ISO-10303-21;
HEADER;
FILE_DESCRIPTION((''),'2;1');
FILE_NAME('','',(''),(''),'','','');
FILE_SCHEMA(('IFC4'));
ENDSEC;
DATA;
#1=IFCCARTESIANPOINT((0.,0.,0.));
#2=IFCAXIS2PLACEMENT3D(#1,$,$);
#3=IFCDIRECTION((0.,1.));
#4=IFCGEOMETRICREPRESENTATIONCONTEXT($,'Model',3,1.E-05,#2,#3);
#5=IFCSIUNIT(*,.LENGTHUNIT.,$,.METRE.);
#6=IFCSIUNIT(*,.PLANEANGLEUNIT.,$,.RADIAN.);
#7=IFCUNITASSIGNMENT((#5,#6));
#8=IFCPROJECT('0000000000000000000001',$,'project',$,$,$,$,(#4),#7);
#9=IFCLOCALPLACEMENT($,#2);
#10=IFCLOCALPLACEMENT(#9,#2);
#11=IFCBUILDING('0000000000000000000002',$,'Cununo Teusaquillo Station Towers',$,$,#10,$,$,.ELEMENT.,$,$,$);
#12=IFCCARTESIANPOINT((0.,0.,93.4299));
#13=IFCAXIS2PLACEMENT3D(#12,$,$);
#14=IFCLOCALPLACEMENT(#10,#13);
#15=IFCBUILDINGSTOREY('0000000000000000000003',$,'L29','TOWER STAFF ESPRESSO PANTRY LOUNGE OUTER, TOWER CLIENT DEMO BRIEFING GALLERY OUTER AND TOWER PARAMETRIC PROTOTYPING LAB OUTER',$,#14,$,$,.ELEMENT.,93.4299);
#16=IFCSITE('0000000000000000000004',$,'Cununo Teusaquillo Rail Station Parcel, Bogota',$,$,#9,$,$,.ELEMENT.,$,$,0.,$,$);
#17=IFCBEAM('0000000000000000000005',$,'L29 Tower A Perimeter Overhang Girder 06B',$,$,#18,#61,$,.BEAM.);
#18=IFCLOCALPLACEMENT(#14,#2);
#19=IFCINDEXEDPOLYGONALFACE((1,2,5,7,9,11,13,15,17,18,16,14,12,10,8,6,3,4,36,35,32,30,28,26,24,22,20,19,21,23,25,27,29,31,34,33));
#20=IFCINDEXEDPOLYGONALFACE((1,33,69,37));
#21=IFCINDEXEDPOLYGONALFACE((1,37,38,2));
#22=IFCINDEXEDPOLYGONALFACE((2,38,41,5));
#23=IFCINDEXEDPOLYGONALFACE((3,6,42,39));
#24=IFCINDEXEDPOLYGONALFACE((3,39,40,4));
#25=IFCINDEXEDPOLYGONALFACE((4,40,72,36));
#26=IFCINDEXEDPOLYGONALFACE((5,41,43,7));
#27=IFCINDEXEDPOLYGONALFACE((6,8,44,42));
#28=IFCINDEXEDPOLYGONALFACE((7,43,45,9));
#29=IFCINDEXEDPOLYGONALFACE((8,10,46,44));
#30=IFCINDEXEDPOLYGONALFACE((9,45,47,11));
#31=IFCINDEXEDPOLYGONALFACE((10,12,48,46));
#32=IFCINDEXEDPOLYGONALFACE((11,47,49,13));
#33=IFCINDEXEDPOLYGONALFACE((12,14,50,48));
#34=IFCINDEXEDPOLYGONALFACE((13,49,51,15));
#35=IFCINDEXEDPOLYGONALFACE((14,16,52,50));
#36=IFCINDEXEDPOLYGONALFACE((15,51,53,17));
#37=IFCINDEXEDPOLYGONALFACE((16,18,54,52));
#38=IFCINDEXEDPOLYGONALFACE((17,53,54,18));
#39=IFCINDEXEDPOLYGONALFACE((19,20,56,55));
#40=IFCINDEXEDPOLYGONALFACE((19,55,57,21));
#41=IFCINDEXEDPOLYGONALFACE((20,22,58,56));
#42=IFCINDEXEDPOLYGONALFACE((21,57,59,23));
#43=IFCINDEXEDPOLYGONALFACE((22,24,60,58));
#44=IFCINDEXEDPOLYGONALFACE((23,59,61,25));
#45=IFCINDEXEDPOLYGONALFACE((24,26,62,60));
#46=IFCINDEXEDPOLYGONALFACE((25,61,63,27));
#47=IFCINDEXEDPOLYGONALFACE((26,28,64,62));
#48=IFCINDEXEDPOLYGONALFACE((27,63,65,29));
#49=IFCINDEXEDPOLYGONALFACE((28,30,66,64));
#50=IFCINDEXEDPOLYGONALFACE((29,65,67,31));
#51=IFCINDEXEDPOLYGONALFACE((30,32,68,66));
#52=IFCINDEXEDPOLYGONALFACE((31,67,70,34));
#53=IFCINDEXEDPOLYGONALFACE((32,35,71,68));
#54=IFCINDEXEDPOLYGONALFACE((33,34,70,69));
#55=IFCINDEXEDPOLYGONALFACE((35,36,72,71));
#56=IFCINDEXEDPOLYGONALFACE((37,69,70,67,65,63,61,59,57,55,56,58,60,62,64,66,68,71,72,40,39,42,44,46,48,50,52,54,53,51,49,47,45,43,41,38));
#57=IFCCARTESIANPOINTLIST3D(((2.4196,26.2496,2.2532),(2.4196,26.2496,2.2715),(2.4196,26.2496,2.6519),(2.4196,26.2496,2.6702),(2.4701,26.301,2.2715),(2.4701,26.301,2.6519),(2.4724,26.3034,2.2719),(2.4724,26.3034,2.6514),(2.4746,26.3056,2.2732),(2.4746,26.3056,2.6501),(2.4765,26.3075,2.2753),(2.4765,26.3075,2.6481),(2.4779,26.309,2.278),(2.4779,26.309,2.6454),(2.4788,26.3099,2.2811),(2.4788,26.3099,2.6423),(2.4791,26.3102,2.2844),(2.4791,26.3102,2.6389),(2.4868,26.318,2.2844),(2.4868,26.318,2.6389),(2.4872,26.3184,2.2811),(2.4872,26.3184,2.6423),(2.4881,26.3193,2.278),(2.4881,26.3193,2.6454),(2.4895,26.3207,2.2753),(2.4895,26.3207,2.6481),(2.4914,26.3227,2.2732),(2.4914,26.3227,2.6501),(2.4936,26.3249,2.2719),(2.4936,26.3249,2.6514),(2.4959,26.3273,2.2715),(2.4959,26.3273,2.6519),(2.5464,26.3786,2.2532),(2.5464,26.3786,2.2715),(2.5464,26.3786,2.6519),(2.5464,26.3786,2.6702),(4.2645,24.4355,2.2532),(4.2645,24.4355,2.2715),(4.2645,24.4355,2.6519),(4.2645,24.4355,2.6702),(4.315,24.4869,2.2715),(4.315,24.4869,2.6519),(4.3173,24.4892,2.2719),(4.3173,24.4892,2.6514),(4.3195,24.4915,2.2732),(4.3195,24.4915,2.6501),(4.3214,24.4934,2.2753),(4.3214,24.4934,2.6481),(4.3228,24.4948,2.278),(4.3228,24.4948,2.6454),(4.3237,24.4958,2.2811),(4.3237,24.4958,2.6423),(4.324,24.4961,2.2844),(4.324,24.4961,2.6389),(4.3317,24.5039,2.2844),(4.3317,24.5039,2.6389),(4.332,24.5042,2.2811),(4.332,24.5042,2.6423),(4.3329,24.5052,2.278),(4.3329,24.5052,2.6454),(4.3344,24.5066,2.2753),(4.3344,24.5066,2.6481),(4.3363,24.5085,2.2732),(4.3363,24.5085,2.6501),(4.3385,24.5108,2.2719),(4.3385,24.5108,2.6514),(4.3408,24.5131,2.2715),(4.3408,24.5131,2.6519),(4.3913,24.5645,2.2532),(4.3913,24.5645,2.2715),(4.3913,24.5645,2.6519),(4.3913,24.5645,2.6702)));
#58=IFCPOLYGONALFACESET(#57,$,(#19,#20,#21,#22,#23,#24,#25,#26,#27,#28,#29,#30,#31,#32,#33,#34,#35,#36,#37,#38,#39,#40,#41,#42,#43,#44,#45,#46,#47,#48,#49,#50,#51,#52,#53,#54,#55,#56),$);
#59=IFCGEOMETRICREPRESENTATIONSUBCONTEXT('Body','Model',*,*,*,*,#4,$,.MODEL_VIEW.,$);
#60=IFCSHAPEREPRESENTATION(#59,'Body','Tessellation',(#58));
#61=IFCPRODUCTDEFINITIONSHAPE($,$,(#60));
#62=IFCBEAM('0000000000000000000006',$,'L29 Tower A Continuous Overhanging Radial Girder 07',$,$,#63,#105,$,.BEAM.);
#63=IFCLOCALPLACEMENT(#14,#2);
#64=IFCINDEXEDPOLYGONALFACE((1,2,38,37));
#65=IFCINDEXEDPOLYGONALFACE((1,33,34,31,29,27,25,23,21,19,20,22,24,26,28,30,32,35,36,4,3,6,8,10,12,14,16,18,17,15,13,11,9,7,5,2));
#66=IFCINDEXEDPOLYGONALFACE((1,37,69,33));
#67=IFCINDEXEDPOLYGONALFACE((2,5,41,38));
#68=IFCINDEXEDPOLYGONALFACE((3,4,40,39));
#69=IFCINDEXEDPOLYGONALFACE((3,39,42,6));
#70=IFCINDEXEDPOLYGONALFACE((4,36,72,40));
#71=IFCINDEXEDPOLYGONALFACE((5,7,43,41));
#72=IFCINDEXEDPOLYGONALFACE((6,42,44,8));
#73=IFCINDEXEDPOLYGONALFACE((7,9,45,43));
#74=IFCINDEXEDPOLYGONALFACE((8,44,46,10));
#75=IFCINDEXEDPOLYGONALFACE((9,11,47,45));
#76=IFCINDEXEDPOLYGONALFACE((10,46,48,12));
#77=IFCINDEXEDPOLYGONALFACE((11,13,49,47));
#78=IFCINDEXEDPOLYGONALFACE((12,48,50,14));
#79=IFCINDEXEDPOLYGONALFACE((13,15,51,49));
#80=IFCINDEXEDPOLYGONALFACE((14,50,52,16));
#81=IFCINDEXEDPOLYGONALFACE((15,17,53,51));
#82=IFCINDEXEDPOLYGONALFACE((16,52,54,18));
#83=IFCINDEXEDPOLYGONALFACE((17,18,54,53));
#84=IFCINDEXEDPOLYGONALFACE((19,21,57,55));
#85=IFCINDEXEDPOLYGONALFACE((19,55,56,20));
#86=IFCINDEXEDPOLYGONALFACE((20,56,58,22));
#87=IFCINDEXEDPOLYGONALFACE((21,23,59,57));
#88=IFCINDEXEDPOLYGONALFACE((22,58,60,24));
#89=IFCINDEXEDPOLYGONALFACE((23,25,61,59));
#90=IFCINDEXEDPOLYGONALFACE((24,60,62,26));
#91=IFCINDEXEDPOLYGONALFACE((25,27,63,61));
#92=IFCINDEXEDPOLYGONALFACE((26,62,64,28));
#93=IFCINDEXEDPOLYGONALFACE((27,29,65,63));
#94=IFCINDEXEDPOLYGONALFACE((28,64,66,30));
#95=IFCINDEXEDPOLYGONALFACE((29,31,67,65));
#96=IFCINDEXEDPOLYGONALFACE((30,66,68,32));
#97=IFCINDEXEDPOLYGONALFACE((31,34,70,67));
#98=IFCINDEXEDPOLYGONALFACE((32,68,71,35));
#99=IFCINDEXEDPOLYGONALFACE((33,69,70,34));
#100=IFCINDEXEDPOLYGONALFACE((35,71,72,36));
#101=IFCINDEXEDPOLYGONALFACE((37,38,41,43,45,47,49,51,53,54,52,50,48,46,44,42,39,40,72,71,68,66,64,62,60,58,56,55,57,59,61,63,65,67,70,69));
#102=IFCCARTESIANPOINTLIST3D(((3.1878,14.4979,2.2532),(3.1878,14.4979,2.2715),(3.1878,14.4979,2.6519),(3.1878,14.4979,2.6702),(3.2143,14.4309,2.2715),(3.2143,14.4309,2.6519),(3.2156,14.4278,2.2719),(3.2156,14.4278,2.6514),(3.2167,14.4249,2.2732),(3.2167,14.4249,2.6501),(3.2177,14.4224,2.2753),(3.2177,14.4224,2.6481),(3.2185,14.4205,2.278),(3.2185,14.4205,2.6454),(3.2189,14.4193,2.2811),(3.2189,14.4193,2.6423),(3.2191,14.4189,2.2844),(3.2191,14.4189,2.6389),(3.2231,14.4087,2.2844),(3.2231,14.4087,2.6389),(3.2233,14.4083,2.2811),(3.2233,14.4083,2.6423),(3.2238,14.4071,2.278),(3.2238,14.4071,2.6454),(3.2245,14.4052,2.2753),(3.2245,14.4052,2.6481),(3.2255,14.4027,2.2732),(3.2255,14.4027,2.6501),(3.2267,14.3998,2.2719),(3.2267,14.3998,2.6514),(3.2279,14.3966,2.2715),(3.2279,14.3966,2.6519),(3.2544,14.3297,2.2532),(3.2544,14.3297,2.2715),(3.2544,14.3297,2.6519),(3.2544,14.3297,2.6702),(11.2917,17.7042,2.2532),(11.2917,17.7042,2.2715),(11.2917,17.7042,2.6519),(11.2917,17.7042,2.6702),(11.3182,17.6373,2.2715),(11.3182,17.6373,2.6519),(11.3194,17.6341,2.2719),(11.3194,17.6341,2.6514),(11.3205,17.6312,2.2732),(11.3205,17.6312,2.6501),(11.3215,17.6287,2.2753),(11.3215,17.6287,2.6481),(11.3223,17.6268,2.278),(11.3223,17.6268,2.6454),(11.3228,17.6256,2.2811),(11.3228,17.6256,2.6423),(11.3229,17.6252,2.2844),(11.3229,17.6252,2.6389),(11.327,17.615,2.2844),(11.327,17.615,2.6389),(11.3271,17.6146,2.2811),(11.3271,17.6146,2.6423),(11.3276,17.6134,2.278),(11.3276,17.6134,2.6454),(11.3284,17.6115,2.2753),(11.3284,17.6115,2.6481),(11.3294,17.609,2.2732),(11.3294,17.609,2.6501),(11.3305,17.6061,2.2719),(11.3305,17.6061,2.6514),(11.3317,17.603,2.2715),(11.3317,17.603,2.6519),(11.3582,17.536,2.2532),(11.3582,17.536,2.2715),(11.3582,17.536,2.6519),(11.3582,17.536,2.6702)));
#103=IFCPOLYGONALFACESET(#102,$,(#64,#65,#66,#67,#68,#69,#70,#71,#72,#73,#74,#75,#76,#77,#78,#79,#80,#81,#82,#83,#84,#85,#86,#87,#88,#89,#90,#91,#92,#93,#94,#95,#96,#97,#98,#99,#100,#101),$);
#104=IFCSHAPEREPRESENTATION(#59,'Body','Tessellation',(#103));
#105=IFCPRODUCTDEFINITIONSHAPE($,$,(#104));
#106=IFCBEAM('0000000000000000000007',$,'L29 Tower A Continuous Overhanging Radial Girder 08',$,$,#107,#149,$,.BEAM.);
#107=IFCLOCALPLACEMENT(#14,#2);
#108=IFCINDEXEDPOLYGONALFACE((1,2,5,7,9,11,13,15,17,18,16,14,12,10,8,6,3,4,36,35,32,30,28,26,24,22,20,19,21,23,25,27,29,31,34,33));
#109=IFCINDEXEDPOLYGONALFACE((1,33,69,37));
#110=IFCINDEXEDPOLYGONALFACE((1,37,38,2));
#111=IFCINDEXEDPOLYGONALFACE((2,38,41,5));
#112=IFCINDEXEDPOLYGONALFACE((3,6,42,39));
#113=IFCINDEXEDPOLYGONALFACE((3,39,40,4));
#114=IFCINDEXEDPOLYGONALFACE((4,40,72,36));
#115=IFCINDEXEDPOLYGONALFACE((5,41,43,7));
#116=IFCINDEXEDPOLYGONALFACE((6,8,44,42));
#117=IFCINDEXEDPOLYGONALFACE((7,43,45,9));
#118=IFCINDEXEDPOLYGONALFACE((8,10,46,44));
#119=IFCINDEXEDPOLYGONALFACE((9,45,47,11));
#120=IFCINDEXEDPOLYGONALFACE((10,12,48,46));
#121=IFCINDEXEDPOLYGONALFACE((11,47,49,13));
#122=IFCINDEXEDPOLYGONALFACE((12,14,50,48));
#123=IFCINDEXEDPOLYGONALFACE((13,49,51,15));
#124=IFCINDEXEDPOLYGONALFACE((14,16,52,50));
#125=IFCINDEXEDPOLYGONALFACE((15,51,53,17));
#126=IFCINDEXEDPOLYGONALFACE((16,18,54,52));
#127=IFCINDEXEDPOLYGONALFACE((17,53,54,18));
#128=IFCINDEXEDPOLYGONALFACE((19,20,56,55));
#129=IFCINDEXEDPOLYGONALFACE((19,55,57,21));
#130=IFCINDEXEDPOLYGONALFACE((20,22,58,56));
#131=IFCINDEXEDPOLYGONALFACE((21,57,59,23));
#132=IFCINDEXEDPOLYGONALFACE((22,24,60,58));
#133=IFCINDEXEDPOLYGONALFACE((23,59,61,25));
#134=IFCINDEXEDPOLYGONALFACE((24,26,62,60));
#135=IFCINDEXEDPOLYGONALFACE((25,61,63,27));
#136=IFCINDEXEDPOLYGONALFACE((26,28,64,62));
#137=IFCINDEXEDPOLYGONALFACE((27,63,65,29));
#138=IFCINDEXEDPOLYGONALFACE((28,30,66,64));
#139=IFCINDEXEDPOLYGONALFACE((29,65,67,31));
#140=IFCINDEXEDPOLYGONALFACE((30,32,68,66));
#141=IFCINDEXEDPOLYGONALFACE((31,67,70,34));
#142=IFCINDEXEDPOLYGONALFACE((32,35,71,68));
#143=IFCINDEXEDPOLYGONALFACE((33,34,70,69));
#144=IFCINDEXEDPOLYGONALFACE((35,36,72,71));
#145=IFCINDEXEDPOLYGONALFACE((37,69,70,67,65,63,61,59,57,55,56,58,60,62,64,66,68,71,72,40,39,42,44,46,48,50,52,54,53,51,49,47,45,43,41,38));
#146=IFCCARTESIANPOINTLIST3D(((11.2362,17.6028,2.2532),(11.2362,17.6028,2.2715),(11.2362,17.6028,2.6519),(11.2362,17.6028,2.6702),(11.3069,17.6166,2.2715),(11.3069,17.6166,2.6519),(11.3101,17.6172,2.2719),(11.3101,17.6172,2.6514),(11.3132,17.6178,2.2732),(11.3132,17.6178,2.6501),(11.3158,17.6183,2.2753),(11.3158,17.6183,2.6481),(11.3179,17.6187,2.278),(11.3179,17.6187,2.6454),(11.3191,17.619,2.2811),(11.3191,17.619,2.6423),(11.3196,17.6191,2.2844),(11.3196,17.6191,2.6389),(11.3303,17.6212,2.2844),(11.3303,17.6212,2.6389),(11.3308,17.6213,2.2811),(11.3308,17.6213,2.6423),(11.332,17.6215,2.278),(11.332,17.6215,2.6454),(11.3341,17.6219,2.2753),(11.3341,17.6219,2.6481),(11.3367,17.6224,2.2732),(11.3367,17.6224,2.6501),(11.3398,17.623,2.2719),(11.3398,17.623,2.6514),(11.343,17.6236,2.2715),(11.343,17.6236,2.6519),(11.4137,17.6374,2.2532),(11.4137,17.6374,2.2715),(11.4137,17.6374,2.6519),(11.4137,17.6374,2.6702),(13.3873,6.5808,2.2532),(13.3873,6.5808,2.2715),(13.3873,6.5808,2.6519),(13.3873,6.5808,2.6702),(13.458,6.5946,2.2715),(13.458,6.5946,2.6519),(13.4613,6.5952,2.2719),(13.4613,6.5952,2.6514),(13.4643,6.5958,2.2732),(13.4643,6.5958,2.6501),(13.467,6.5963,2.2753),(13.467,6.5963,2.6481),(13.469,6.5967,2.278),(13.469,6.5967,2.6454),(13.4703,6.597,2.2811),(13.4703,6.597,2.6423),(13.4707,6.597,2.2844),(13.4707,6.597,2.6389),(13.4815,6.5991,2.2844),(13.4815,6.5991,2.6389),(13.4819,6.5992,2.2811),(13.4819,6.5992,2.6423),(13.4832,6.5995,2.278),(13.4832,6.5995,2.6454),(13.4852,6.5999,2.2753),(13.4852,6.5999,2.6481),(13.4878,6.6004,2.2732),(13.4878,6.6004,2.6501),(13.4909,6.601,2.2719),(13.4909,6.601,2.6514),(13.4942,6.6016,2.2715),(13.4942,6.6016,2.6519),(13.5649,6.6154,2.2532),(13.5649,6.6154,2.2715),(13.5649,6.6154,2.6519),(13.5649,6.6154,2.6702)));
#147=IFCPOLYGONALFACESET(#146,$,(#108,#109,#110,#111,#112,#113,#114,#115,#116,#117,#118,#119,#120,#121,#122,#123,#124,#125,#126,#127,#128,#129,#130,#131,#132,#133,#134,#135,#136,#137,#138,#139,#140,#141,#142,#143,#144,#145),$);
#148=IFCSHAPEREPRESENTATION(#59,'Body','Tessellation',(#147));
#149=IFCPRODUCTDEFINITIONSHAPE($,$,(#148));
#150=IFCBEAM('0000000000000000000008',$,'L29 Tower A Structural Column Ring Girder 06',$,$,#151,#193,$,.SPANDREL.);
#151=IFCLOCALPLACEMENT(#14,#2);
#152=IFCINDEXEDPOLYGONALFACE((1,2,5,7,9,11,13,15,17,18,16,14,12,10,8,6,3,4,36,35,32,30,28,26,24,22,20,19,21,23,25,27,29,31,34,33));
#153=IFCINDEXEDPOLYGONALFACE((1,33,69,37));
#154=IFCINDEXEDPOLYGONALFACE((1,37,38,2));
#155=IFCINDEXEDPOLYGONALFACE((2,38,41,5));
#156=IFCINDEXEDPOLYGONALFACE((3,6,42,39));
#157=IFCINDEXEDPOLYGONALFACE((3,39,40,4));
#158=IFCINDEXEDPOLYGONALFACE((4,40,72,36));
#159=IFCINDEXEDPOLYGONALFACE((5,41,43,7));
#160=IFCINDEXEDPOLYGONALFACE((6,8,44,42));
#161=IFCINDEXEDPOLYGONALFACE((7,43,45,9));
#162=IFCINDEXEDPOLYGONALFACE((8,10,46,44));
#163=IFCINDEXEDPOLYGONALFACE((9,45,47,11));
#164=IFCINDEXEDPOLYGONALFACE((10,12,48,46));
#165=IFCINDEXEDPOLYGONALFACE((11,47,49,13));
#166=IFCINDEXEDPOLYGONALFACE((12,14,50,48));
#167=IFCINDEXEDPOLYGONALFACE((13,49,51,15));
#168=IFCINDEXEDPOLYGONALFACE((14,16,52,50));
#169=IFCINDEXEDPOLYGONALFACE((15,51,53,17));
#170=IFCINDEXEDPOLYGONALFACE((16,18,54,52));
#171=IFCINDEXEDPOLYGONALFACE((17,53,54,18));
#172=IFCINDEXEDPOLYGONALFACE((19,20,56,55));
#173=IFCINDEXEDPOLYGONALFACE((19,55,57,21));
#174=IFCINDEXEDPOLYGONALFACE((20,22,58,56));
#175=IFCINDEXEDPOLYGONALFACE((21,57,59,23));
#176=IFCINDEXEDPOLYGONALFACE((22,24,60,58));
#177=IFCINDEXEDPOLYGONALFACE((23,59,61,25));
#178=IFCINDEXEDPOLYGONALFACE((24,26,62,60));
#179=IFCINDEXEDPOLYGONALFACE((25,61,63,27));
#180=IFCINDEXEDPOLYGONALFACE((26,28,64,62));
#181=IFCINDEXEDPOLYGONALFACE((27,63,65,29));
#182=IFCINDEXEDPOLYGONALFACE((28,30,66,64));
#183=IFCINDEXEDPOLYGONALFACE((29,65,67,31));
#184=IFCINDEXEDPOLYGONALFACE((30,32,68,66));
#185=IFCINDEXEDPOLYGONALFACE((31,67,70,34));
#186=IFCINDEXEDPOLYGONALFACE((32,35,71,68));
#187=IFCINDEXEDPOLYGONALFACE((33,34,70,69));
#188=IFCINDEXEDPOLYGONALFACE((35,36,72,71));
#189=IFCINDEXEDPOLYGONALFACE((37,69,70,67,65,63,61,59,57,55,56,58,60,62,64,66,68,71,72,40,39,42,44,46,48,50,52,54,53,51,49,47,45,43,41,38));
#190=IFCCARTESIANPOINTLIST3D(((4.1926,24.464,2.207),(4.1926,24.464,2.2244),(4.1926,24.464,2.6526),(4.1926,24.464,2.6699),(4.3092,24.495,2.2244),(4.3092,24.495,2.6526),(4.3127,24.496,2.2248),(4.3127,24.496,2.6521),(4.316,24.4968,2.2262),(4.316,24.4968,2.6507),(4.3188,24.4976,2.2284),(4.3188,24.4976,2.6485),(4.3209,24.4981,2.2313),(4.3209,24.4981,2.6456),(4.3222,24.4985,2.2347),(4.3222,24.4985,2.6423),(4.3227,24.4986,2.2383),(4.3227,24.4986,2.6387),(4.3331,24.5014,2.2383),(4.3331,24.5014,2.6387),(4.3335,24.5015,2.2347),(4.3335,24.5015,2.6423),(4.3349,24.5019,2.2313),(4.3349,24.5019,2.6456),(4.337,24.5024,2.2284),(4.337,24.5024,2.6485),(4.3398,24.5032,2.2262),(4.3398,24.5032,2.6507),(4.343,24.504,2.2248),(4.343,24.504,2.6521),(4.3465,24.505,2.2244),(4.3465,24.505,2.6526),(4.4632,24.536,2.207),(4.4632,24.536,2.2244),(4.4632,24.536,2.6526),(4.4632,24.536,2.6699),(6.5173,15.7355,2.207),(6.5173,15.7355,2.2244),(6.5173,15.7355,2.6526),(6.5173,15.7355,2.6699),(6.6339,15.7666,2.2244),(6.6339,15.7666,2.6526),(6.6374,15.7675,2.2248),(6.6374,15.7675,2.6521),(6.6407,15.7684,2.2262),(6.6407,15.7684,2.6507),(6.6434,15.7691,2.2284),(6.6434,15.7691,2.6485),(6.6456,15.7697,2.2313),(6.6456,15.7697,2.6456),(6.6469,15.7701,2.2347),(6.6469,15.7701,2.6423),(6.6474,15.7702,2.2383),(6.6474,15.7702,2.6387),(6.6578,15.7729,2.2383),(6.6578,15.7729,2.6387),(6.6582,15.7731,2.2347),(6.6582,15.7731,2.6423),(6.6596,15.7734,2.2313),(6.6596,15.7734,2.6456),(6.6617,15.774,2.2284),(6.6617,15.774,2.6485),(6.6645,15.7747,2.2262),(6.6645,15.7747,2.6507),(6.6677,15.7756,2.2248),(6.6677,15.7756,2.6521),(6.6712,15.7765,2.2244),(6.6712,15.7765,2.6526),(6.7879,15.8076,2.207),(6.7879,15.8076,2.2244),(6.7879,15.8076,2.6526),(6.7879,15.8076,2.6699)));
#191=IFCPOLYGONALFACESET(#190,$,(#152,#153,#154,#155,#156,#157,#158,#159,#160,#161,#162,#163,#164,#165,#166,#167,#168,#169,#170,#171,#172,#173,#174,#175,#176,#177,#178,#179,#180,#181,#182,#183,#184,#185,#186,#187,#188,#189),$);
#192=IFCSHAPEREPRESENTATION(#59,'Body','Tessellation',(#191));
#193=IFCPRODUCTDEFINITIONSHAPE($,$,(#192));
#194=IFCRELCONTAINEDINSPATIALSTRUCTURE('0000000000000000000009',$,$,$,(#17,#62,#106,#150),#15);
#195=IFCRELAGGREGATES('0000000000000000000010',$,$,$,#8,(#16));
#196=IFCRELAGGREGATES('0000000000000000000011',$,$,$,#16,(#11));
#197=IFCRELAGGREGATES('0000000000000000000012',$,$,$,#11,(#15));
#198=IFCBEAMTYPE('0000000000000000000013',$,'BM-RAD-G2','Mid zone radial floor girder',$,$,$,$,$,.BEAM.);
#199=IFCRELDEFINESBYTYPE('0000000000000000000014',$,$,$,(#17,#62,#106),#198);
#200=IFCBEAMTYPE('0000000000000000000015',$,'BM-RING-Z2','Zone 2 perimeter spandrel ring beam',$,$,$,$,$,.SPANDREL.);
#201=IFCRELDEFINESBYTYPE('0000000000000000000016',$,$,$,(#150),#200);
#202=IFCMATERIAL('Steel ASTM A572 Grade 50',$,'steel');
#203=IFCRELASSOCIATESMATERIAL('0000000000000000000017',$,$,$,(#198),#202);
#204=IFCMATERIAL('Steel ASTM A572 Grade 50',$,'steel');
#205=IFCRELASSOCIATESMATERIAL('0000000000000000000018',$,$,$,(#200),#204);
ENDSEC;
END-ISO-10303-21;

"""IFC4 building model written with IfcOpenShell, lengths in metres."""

from ifc_helpers import new_model, si_unit, direction, frame, origin, origin_2d, place, context, subcontext, project, spatial, i_section, extrude, material, material_profile, profile_set, type_object, element, save


model = new_model("IFC4")

# Units and contexts
model_context = context("Model", 3, precision=1e-05, world=origin(), true_north=direction((0.0, 1.0)))
body_context = subcontext(model_context, "Body", "Model", "MODEL_VIEW")
ifc_project = project(units=[si_unit("LENGTHUNIT", "METRE"), si_unit("PLANEANGLEUNIT", "RADIAN")], contexts=[model_context])

# Site, building, storey
site_placement = place(None, origin())
site = spatial("IfcSite", under=ifc_project, at=site_placement, Name="Cununo Teusaquillo Rail Station Parcel, Bogota", CompositionType="ELEMENT", RefElevation=0.0)
building_placement = place(site_placement, origin())
building = spatial("IfcBuilding", under=site, at=building_placement, Name="Cununo Teusaquillo Station Towers", CompositionType="ELEMENT")
storey_placement = place(building_placement, frame((0.0, 0.0, 93.4299)))
storey = spatial("IfcBuildingStorey", under=building, at=storey_placement, Name="L29", Description="TOWER STAFF ESPRESSO PANTRY LOUNGE OUTER, TOWER CLIENT DEMO BRIEFING GALLERY OUTER AND TOWER PARAMETRIC PROTOTYPING LAB OUTER", CompositionType="ELEMENT", Elevation=93.4299)

# Beams
ifc_material_1 = material(Name="Steel ASTM A572 Grade 50", Category="steel")
ifc_material_profile_1 = material_profile(ifc_material_1, i_section(OverallWidth=0.1809, OverallDepth=0.417, WebThickness=0.011, FlangeThickness=0.0183, FilletRadius=0.0129, at=origin_2d()), Name="W16X57")
ifc_profile_set_1 = profile_set([ifc_material_profile_1], Name="Steel ASTM A572 Grade 50")
beam_type_1 = type_object("IfcBeamType", Name="BM-RAD-G2", Description="Mid zone radial floor girder", PredefinedType="BEAM", material=ifc_profile_set_1)
beam_1_placement = place(storey_placement, frame((4.3279, 24.5, 2.4617), z_axis=(-0.713026, 0.701138, 0.0), x_axis=(-0.701138, -0.713026, 0.0)))
element("IfcBeam", 1, at=beam_1_placement, inside=storey, type_object=beam_type_1, Name="L29 Tower A Perimeter Overhang Girder 06B", PredefinedType="BEAM", context=body_context, shape_type="SweptSolid", body=[
    extrude(i_section(OverallWidth=0.1809, OverallDepth=0.417, WebThickness=0.011, FlangeThickness=0.0183, FilletRadius=0.0129, at=origin_2d()), origin(), (0.0, 0.0, 1.0), 2.5874),
])
beam_2_placement = place(storey_placement, frame((11.325, 17.6201, 2.4617), z_axis=(-0.929863, -0.367906, 0.0), x_axis=(0.367906, -0.929863, 0.0)))
element("IfcBeam", 2, at=beam_2_placement, inside=storey, type_object=beam_type_1, Name="L29 Tower A Continuous Overhanging Radial Girder 07", PredefinedType="BEAM", context=body_context, shape_type="SweptSolid", body=[
    extrude(i_section(OverallWidth=0.1809, OverallDepth=0.417, WebThickness=0.011, FlangeThickness=0.0183, FilletRadius=0.0129, at=origin_2d()), origin(), (0.0, 0.0, 1.0), 8.7151),
])
beam_3_placement = place(storey_placement, frame((11.325, 17.6201, 2.4617), z_axis=(0.191553, -0.981482, 0.0), x_axis=(0.981482, 0.191553, 0.0)))
element("IfcBeam", 3, at=beam_3_placement, inside=storey, type_object=beam_type_1, Name="L29 Tower A Continuous Overhanging Radial Girder 08", PredefinedType="BEAM", context=body_context, shape_type="SweptSolid", body=[
    extrude(i_section(OverallWidth=0.1809, OverallDepth=0.417, WebThickness=0.011, FlangeThickness=0.0183, FilletRadius=0.0129, at=origin_2d()), origin(), (0.0, 0.0, 1.0), 11.23),
])
ifc_material_2 = material(Name="Steel ASTM A572 Grade 50", Category="steel")
ifc_material_profile_2 = material_profile(ifc_material_2, i_section(OverallWidth=0.28, OverallDepth=0.4629, WebThickness=0.0107, FlangeThickness=0.0173, FilletRadius=0.0139, at=origin_2d()), Name="W18X76")
ifc_profile_set_2 = profile_set([ifc_material_profile_2], Name="Steel ASTM A572 Grade 50")
beam_type_2 = type_object("IfcBeamType", Name="BM-RING-Z2", Description="Zone 2 perimeter spandrel ring beam", PredefinedType="SPANDREL", material=ifc_profile_set_2)
beam_4_placement = place(storey_placement, frame((4.3279, 24.5, 2.4385), z_axis=(0.257363, -0.966315, 0.0), x_axis=(0.966315, 0.257363, 0.0)))
element("IfcBeam", 4, at=beam_4_placement, inside=storey, type_object=beam_type_2, Name="L29 Tower A Structural Column Ring Girder 06", PredefinedType="SPANDREL", context=body_context, shape_type="SweptSolid", body=[
    extrude(i_section(OverallWidth=0.28, OverallDepth=0.4629, WebThickness=0.0107, FlangeThickness=0.0173, FilletRadius=0.0139, at=origin_2d()), origin(), (0.0, 0.0, 1.0), 9.0327),
])

save(model, "model.ifc")
